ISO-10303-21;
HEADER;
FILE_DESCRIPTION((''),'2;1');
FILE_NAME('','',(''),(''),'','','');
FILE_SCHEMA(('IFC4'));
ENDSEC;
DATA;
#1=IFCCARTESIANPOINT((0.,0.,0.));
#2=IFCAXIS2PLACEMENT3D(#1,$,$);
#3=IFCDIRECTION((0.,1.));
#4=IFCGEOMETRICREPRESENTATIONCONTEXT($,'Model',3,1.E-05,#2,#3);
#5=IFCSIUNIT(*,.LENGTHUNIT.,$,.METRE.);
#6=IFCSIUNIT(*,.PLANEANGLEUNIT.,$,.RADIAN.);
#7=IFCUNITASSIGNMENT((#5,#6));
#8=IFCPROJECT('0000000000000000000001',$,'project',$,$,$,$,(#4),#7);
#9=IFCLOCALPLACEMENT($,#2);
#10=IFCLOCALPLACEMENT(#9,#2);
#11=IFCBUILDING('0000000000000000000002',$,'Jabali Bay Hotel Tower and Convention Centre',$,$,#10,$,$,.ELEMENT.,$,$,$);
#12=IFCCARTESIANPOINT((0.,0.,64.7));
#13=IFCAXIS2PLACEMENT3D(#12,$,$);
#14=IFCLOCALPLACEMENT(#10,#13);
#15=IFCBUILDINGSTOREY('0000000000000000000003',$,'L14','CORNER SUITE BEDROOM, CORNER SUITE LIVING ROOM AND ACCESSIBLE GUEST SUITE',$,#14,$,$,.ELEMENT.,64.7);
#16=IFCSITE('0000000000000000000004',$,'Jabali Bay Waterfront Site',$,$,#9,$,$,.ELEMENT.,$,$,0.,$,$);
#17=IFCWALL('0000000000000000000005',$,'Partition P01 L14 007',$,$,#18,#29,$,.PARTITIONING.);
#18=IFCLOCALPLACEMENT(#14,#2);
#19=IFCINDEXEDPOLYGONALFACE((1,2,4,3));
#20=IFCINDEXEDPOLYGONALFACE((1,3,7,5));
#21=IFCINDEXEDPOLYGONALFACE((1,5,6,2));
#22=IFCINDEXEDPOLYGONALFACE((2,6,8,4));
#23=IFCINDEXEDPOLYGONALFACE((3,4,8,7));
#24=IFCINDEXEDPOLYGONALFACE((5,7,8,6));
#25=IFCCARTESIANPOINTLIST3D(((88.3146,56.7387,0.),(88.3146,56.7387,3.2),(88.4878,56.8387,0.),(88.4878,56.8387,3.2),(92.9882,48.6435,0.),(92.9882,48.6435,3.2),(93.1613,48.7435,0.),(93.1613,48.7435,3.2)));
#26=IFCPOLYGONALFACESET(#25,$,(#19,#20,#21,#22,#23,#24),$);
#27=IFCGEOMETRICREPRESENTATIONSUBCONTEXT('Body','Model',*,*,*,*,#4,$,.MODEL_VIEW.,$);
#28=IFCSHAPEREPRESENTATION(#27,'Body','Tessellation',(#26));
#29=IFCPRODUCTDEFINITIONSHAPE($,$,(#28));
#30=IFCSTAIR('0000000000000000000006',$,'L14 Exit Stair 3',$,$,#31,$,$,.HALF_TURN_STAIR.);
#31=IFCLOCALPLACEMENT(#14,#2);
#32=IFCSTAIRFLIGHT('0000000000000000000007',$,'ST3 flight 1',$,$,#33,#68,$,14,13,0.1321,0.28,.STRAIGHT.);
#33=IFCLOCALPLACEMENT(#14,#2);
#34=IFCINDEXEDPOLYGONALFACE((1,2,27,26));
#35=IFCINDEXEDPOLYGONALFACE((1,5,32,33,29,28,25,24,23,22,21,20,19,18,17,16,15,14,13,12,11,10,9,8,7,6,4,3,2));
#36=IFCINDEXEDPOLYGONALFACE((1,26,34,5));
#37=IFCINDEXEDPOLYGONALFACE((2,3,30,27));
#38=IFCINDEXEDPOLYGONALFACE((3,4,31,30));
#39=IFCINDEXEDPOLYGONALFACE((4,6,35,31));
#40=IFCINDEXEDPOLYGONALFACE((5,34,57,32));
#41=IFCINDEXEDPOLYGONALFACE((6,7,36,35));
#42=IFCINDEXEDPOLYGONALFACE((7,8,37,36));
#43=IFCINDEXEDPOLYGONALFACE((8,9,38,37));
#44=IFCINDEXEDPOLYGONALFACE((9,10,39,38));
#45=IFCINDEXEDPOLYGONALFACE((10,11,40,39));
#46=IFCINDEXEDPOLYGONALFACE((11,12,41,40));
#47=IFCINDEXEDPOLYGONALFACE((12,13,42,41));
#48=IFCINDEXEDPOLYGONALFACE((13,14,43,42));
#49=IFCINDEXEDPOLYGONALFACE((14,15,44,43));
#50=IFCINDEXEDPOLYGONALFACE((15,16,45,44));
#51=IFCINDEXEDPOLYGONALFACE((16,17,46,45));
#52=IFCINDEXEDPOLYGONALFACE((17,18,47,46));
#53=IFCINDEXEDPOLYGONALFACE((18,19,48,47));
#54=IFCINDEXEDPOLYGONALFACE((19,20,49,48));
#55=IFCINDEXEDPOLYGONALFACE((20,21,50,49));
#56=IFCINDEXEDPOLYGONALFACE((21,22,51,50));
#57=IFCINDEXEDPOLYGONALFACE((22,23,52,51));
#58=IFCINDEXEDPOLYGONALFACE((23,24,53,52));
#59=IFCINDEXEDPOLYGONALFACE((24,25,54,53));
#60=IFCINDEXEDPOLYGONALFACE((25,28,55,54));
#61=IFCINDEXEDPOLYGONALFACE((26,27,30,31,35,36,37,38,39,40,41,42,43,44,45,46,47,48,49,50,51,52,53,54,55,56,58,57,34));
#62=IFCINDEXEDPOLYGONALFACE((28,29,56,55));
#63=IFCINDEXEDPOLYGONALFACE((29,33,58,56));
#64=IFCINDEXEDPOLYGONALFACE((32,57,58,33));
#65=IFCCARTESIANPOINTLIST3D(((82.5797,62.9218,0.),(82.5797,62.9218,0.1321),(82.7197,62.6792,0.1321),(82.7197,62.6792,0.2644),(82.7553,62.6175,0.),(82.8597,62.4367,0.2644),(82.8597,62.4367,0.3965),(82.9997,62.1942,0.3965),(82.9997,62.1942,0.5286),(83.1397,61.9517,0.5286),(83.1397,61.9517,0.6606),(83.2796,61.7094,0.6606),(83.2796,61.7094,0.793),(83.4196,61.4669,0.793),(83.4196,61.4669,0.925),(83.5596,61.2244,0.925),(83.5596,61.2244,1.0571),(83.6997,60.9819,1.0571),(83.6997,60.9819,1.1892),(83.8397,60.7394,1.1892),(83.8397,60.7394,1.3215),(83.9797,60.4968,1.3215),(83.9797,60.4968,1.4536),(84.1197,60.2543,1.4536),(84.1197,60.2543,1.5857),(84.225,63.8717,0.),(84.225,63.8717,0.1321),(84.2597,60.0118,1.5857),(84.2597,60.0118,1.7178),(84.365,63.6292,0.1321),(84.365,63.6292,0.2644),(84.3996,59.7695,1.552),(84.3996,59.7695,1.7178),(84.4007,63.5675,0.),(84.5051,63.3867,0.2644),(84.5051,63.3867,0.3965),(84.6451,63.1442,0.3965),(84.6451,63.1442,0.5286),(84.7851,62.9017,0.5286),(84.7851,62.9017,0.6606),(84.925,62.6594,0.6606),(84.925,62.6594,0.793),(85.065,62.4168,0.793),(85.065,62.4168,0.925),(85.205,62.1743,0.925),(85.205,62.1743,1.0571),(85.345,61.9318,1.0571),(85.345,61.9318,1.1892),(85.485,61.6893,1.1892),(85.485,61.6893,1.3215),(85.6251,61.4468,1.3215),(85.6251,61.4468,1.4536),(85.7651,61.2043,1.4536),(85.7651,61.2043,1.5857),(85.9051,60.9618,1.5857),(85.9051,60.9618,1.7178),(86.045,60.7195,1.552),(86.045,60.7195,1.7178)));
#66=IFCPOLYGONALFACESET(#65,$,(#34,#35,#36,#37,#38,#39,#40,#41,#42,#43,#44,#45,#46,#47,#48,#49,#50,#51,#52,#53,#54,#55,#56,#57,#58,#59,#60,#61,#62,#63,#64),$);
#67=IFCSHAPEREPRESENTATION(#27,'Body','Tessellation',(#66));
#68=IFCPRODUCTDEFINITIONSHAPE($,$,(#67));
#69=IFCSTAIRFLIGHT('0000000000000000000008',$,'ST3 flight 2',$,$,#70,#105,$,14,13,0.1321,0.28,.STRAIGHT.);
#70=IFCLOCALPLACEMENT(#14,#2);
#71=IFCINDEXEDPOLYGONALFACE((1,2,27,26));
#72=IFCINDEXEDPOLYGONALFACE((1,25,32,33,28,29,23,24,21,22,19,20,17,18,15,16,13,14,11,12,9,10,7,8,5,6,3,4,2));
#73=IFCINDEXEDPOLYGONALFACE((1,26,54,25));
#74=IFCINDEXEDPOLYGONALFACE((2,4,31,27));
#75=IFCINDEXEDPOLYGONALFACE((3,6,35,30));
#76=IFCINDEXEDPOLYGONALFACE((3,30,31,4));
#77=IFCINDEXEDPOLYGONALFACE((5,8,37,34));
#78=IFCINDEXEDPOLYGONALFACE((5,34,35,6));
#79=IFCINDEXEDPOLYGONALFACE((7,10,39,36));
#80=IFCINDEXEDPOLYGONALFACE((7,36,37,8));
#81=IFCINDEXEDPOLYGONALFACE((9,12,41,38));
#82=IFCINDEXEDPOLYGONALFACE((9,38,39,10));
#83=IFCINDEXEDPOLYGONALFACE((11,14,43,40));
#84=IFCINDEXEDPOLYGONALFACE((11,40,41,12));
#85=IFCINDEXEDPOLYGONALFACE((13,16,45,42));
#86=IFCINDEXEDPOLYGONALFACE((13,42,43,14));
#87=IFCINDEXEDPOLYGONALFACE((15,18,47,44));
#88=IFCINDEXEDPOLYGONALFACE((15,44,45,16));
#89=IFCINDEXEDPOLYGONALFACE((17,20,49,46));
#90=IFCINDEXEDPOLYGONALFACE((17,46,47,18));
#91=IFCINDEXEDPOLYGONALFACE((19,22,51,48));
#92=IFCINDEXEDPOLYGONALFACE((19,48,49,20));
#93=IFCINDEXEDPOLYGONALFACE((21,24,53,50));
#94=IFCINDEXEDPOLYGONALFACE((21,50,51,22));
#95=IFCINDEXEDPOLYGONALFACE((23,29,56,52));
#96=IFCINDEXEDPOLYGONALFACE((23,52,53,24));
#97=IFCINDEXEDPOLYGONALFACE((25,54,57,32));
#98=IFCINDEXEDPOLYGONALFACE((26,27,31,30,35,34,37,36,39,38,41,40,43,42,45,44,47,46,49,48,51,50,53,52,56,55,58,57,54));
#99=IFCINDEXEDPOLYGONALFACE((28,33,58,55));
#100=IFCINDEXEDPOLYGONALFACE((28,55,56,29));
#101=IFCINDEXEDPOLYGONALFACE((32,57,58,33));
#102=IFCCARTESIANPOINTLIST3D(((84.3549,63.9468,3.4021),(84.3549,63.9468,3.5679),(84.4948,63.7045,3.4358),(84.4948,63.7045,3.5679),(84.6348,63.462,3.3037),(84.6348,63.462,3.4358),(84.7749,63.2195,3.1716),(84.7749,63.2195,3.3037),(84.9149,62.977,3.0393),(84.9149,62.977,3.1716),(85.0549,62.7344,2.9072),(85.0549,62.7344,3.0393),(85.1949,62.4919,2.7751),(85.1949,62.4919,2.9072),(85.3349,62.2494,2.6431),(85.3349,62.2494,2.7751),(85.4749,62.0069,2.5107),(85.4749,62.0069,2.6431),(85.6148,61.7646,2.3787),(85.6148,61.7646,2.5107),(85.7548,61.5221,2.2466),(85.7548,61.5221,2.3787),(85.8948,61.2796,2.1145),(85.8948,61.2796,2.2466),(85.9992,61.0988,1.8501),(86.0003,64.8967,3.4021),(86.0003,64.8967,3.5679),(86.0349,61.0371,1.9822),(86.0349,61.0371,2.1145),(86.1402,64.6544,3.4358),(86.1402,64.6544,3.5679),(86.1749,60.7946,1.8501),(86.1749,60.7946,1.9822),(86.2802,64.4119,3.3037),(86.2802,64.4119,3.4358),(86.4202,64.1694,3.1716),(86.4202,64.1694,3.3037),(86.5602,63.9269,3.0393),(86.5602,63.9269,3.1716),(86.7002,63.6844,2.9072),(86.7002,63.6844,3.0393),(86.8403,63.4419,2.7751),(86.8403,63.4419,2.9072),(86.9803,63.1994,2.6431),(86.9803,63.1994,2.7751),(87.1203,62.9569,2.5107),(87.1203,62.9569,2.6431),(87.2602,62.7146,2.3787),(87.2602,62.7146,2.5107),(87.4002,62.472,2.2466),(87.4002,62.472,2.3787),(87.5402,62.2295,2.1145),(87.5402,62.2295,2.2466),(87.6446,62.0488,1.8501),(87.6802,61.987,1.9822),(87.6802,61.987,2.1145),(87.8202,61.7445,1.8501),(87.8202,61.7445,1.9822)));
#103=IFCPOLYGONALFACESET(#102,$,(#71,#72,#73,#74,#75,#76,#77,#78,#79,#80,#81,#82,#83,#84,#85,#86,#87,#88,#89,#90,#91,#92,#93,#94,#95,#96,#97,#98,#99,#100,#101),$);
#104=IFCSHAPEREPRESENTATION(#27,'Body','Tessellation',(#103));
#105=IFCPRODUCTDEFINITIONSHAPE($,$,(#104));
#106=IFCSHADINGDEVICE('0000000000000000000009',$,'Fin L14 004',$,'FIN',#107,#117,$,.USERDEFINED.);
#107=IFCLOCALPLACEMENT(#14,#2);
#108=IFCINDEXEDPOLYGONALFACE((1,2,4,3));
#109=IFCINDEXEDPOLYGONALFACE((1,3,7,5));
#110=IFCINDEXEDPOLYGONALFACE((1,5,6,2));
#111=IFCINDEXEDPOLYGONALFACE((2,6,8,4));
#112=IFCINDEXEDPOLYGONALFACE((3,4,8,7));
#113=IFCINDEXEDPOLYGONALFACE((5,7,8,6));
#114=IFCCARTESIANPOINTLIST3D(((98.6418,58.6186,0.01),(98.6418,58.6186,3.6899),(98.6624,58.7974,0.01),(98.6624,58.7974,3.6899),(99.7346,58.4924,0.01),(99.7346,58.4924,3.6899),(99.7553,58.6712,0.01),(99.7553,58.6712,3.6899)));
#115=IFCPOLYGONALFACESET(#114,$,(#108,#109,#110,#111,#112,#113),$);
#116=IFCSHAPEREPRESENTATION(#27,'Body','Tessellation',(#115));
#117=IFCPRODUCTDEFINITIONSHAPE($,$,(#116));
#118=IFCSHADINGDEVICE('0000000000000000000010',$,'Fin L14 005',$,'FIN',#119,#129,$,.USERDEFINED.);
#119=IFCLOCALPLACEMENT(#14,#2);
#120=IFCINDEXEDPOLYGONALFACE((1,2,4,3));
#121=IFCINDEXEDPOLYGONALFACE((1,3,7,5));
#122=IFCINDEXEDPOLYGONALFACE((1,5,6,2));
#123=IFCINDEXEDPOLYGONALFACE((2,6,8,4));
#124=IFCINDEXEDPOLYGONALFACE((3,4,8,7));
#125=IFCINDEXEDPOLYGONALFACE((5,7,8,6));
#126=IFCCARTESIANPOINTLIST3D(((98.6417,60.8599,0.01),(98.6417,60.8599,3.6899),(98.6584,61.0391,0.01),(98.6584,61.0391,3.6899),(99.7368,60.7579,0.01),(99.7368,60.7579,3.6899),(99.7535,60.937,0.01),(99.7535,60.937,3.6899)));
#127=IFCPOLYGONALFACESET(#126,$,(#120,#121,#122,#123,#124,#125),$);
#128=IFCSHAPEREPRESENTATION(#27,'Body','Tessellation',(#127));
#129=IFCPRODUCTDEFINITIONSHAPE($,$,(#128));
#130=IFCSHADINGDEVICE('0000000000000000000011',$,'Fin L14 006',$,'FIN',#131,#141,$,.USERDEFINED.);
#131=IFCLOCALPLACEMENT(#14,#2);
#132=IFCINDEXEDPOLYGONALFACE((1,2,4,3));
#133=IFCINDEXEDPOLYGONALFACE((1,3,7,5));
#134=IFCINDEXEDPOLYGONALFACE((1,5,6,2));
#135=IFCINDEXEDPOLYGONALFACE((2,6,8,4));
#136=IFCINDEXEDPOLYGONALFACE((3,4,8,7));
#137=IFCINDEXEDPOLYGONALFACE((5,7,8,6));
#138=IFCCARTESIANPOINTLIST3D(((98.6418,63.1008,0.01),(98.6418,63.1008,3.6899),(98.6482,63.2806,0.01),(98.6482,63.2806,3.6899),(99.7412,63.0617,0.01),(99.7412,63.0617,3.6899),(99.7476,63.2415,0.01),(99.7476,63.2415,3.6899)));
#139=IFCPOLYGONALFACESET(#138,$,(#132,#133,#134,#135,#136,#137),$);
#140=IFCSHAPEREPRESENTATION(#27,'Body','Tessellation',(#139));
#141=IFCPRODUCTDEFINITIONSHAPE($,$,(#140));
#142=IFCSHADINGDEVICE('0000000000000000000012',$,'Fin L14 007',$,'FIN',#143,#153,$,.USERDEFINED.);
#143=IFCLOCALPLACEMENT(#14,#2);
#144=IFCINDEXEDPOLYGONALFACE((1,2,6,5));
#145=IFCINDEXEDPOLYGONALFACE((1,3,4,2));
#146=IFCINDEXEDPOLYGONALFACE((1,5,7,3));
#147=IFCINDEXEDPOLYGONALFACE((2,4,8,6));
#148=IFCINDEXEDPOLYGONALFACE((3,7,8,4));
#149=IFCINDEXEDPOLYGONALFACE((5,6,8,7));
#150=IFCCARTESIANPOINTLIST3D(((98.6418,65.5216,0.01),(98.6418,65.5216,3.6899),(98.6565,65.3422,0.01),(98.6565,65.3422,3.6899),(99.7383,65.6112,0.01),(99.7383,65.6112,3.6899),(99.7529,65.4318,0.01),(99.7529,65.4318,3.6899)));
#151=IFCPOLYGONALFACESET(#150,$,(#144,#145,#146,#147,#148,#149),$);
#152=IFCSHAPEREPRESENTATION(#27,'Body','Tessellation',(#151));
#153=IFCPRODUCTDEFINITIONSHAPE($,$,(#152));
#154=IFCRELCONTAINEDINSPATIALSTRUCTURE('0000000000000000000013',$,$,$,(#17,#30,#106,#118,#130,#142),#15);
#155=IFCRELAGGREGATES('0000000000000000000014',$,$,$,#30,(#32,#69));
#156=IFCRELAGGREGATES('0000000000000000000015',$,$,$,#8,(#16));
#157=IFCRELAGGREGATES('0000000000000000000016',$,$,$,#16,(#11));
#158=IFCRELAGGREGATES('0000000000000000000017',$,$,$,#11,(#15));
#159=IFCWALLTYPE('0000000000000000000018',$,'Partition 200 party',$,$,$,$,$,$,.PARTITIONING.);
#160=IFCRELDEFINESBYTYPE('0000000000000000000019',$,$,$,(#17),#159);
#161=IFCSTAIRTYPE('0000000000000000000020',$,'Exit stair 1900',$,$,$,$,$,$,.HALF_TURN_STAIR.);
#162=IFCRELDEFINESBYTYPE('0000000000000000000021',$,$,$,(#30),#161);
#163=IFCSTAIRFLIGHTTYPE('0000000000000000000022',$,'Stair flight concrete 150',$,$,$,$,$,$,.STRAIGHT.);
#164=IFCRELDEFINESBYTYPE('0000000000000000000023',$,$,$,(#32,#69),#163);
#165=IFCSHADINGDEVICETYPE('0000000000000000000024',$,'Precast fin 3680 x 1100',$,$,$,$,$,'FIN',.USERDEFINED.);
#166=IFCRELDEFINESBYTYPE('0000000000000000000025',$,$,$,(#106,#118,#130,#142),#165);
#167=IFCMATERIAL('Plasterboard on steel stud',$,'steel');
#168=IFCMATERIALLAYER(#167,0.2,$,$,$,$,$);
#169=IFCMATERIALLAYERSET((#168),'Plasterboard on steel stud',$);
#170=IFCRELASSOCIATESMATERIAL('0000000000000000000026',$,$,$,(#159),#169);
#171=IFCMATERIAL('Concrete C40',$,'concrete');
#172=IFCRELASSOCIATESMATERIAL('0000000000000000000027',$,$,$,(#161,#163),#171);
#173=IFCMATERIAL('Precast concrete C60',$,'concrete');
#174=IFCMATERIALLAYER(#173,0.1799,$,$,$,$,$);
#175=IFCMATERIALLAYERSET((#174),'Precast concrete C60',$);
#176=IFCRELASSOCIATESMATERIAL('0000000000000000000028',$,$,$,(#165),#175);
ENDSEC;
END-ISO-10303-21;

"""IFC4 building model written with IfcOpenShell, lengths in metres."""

from ifc_helpers import new_model, si_unit, direction, frame, frame_2d, origin, place, context, subcontext, project, spatial, polyline, rectangle, outline, extrude, material, layer, layer_set, type_object, element, aggregate, save


model = new_model("IFC4")

# Units and contexts
model_context = context("Model", 3, precision=1e-05, world=origin(), true_north=direction((0.0, 1.0)))
body_context = subcontext(model_context, "Body", "Model", "MODEL_VIEW")
ifc_project = project(units=[si_unit("LENGTHUNIT", "METRE"), si_unit("PLANEANGLEUNIT", "RADIAN")], contexts=[model_context])

# Site, building, storey
site_placement = place(None, origin())
site = spatial("IfcSite", under=ifc_project, at=site_placement, Name="Jabali Bay Waterfront Site", CompositionType="ELEMENT", RefElevation=0.0)
building_placement = place(site_placement, origin())
building = spatial("IfcBuilding", under=site, at=building_placement, Name="Jabali Bay Hotel Tower and Convention Centre", CompositionType="ELEMENT")
storey_placement = place(building_placement, frame((0.0, 0.0, 64.7)))
storey = spatial("IfcBuildingStorey", under=building, at=storey_placement, Name="L14", Description="CORNER SUITE BEDROOM, CORNER SUITE LIVING ROOM AND ACCESSIBLE GUEST SUITE", CompositionType="ELEMENT", Elevation=64.7)

# Shared definitions
ifc_material_1 = material(Name="Concrete C40", Category="concrete")

# Wall
ifc_material_2 = material(Name="Plasterboard on steel stud", Category="steel")
ifc_layer_1 = layer(ifc_material_2, 0.2)
ifc_layer_set_1 = layer_set([ifc_layer_1], Name="Plasterboard on steel stud")
wall_type_1 = type_object("IfcWallType", Name="Partition 200 party", PredefinedType="PARTITIONING", material=ifc_layer_set_1)
wall_1_placement = place(storey_placement, frame((88.4011, 56.7888, 0.0), z_axis=(0.0, 0.0, 1.0), x_axis=(0.499985, -0.866034, 0.0)))
element("IfcWall", 1, at=wall_1_placement, inside=storey, type_object=wall_type_1, Name="Partition P01 L14 007", PredefinedType="PARTITIONING", context=body_context, shape_type="SweptSolid", body=[
    extrude(rectangle(XDim=9.3474, YDim=0.2, at=frame_2d((4.6738, 0.0))), origin(), (0.0, 0.0, 1.0), 3.2),
])

# Stair, stair flights
stair_type = type_object("IfcStairType", Name="Exit stair 1900", PredefinedType="HALF_TURN_STAIR", material=ifc_material_1)
stair_placement = place(storey_placement, origin())
stair = element("IfcStair", 2, at=stair_placement, inside=storey, type_object=stair_type, Name="L14 Exit Stair 3", PredefinedType="HALF_TURN_STAIR")
stair_flight_type = type_object("IfcStairFlightType", Name="Stair flight concrete 150", PredefinedType="STRAIGHT", material=ifc_material_1)
stair_flight_1_placement = place(storey_placement, frame((83.4023, 63.3967, 0.0), z_axis=(0.0, 0.0, 1.0), x_axis=(0.5, -0.866025, 0.0)))
stair_flight_1 = element("IfcStairFlight", 3, at=stair_flight_1_placement, type_object=stair_flight_type, Name="ST3 flight 1", NumberOfRisers=14, NumberOfTreads=13, PredefinedType="STRAIGHT", RiserHeight=0.1321, TreadLength=0.28, context=body_context, shape_type="SweptSolid", body=[
    extrude(outline(polyline([(0.0, 0.0), (0.0, 0.1321), (0.28, 0.1321), (0.28, 0.2644), (0.5601, 0.2644), (0.5601, 0.3965), (0.8401, 0.3965), (0.8401, 0.5286), (1.1201, 0.5286), (1.1201, 0.6606), (1.3999, 0.6606), (1.3999, 0.793), (1.6799, 0.793), (1.6799, 0.925), (1.96, 0.925), (1.96, 1.0571), (2.24, 1.0571), (2.24, 1.1892), (2.52, 1.1892), (2.52, 1.3215), (2.8, 1.3215), (2.8, 1.4536), (3.0801, 1.4536), (3.0801, 1.5857), (3.3601, 1.5857), (3.3601, 1.7178), (3.6399, 1.7178), (3.6399, 1.8501), (3.6399, 1.552), (0.3513, 0.0), (0.0, 0.0)])), frame((0.0, 0.95, 0.0), z_axis=(0.0, -1.0, 0.0), x_axis=(1.0, 0.0, 0.0)), (0.0, 0.0, 1.0), 1.8999),
])
stair_flight_2_placement = place(storey_placement, frame((86.9976, 61.2695, 1.8501), z_axis=(0.0, 0.0, 1.0), x_axis=(-0.5, 0.866025, 0.0)))
stair_flight_2 = element("IfcStairFlight", 4, at=stair_flight_2_placement, type_object=stair_flight_type, Name="ST3 flight 2", NumberOfRisers=14, NumberOfTreads=13, PredefinedType="STRAIGHT", RiserHeight=0.1321, TreadLength=0.28, context=body_context, shape_type="SweptSolid", body=[
    extrude(outline(polyline([(0.0, 0.0), (0.0, 0.1321), (0.28, 0.1321), (0.28, 0.2644), (0.5601, 0.2644), (0.5601, 0.3965), (0.8401, 0.3965), (0.8401, 0.5286), (1.1201, 0.5286), (1.1201, 0.6606), (1.3999, 0.6606), (1.3999, 0.793), (1.6799, 0.793), (1.6799, 0.925), (1.96, 0.925), (1.96, 1.0571), (2.24, 1.0571), (2.24, 1.1892), (2.52, 1.1892), (2.52, 1.3215), (2.8, 1.3215), (2.8, 1.4536), (3.0801, 1.4536), (3.0801, 1.5857), (3.3601, 1.5857), (3.3601, 1.7178), (3.6399, 1.7178), (3.6399, 1.8501), (3.6399, 1.552), (0.3513, 0.0), (0.0, 0.0)])), frame((0.0, 0.95, 0.0), z_axis=(0.0, -1.0, 0.0), x_axis=(1.0, 0.0, 0.0)), (0.0, 0.0, 1.0), 1.8999),
])
aggregate(stair, [stair_flight_1, stair_flight_2])

# Shading devices
ifc_material_3 = material(Name="Precast concrete C60", Category="concrete")
ifc_layer_2 = layer(ifc_material_3, 0.1799)
ifc_layer_set_2 = layer_set([ifc_layer_2], Name="Precast concrete C60")
shading_device_type = type_object("IfcShadingDeviceType", Name="Precast fin 3680 x 1100", ElementType="FIN", PredefinedType="USERDEFINED", material=ifc_layer_set_2)
shading_device_1_placement = place(storey_placement, frame((98.6521, 58.708, 0.01), z_axis=(0.0, 0.0, 1.0), x_axis=(0.993395, -0.114742, 0.0)))
element("IfcShadingDevice", 5, at=shading_device_1_placement, inside=storey, type_object=shading_device_type, Name="Fin L14 004", ObjectType="FIN", PredefinedType="USERDEFINED", context=body_context, shape_type="SweptSolid", body=[
    extrude(rectangle(XDim=1.1001, YDim=0.1799, at=frame_2d((0.55, 0.0))), origin(), (0.0, 0.0, 1.0), 3.6799),
])
shading_device_2_placement = place(storey_placement, frame((98.6501, 60.9495, 0.01), z_axis=(0.0, 0.0, 1.0), x_axis=(0.995687, -0.092777, 0.0)))
element("IfcShadingDevice", 6, at=shading_device_2_placement, inside=storey, type_object=shading_device_type, Name="Fin L14 005", ObjectType="FIN", PredefinedType="USERDEFINED", context=body_context, shape_type="SweptSolid", body=[
    extrude(rectangle(XDim=1.0999, YDim=0.1799, at=frame_2d((0.5498, 0.0))), origin(), (0.0, 0.0, 1.0), 3.6799),
])
for number, where, z_axis, x_axis, name in (
    (7, (98.645, 63.1907, 0.01), (0.0, 0.0, 1.0), (0.999369, -0.035509, 0.0), "Fin L14 006"),
    (8, (98.6492, 65.4319, 0.01), (0.0, 0.0, 1.0), (0.996678, 0.081447, 0.0), "Fin L14 007"),
):
    element("IfcShadingDevice", number, at=place(storey_placement, frame(where, z_axis=z_axis, x_axis=x_axis)), inside=storey, type_object=shading_device_type, Name=name, ObjectType="FIN", PredefinedType="USERDEFINED", context=body_context, shape_type="SweptSolid", body=[
        extrude(rectangle(XDim=1.1001, YDim=0.1799, at=frame_2d((0.55, 0.0))), origin(), (0.0, 0.0, 1.0), 3.6799),
    ])

save(model, "model.ifc")
